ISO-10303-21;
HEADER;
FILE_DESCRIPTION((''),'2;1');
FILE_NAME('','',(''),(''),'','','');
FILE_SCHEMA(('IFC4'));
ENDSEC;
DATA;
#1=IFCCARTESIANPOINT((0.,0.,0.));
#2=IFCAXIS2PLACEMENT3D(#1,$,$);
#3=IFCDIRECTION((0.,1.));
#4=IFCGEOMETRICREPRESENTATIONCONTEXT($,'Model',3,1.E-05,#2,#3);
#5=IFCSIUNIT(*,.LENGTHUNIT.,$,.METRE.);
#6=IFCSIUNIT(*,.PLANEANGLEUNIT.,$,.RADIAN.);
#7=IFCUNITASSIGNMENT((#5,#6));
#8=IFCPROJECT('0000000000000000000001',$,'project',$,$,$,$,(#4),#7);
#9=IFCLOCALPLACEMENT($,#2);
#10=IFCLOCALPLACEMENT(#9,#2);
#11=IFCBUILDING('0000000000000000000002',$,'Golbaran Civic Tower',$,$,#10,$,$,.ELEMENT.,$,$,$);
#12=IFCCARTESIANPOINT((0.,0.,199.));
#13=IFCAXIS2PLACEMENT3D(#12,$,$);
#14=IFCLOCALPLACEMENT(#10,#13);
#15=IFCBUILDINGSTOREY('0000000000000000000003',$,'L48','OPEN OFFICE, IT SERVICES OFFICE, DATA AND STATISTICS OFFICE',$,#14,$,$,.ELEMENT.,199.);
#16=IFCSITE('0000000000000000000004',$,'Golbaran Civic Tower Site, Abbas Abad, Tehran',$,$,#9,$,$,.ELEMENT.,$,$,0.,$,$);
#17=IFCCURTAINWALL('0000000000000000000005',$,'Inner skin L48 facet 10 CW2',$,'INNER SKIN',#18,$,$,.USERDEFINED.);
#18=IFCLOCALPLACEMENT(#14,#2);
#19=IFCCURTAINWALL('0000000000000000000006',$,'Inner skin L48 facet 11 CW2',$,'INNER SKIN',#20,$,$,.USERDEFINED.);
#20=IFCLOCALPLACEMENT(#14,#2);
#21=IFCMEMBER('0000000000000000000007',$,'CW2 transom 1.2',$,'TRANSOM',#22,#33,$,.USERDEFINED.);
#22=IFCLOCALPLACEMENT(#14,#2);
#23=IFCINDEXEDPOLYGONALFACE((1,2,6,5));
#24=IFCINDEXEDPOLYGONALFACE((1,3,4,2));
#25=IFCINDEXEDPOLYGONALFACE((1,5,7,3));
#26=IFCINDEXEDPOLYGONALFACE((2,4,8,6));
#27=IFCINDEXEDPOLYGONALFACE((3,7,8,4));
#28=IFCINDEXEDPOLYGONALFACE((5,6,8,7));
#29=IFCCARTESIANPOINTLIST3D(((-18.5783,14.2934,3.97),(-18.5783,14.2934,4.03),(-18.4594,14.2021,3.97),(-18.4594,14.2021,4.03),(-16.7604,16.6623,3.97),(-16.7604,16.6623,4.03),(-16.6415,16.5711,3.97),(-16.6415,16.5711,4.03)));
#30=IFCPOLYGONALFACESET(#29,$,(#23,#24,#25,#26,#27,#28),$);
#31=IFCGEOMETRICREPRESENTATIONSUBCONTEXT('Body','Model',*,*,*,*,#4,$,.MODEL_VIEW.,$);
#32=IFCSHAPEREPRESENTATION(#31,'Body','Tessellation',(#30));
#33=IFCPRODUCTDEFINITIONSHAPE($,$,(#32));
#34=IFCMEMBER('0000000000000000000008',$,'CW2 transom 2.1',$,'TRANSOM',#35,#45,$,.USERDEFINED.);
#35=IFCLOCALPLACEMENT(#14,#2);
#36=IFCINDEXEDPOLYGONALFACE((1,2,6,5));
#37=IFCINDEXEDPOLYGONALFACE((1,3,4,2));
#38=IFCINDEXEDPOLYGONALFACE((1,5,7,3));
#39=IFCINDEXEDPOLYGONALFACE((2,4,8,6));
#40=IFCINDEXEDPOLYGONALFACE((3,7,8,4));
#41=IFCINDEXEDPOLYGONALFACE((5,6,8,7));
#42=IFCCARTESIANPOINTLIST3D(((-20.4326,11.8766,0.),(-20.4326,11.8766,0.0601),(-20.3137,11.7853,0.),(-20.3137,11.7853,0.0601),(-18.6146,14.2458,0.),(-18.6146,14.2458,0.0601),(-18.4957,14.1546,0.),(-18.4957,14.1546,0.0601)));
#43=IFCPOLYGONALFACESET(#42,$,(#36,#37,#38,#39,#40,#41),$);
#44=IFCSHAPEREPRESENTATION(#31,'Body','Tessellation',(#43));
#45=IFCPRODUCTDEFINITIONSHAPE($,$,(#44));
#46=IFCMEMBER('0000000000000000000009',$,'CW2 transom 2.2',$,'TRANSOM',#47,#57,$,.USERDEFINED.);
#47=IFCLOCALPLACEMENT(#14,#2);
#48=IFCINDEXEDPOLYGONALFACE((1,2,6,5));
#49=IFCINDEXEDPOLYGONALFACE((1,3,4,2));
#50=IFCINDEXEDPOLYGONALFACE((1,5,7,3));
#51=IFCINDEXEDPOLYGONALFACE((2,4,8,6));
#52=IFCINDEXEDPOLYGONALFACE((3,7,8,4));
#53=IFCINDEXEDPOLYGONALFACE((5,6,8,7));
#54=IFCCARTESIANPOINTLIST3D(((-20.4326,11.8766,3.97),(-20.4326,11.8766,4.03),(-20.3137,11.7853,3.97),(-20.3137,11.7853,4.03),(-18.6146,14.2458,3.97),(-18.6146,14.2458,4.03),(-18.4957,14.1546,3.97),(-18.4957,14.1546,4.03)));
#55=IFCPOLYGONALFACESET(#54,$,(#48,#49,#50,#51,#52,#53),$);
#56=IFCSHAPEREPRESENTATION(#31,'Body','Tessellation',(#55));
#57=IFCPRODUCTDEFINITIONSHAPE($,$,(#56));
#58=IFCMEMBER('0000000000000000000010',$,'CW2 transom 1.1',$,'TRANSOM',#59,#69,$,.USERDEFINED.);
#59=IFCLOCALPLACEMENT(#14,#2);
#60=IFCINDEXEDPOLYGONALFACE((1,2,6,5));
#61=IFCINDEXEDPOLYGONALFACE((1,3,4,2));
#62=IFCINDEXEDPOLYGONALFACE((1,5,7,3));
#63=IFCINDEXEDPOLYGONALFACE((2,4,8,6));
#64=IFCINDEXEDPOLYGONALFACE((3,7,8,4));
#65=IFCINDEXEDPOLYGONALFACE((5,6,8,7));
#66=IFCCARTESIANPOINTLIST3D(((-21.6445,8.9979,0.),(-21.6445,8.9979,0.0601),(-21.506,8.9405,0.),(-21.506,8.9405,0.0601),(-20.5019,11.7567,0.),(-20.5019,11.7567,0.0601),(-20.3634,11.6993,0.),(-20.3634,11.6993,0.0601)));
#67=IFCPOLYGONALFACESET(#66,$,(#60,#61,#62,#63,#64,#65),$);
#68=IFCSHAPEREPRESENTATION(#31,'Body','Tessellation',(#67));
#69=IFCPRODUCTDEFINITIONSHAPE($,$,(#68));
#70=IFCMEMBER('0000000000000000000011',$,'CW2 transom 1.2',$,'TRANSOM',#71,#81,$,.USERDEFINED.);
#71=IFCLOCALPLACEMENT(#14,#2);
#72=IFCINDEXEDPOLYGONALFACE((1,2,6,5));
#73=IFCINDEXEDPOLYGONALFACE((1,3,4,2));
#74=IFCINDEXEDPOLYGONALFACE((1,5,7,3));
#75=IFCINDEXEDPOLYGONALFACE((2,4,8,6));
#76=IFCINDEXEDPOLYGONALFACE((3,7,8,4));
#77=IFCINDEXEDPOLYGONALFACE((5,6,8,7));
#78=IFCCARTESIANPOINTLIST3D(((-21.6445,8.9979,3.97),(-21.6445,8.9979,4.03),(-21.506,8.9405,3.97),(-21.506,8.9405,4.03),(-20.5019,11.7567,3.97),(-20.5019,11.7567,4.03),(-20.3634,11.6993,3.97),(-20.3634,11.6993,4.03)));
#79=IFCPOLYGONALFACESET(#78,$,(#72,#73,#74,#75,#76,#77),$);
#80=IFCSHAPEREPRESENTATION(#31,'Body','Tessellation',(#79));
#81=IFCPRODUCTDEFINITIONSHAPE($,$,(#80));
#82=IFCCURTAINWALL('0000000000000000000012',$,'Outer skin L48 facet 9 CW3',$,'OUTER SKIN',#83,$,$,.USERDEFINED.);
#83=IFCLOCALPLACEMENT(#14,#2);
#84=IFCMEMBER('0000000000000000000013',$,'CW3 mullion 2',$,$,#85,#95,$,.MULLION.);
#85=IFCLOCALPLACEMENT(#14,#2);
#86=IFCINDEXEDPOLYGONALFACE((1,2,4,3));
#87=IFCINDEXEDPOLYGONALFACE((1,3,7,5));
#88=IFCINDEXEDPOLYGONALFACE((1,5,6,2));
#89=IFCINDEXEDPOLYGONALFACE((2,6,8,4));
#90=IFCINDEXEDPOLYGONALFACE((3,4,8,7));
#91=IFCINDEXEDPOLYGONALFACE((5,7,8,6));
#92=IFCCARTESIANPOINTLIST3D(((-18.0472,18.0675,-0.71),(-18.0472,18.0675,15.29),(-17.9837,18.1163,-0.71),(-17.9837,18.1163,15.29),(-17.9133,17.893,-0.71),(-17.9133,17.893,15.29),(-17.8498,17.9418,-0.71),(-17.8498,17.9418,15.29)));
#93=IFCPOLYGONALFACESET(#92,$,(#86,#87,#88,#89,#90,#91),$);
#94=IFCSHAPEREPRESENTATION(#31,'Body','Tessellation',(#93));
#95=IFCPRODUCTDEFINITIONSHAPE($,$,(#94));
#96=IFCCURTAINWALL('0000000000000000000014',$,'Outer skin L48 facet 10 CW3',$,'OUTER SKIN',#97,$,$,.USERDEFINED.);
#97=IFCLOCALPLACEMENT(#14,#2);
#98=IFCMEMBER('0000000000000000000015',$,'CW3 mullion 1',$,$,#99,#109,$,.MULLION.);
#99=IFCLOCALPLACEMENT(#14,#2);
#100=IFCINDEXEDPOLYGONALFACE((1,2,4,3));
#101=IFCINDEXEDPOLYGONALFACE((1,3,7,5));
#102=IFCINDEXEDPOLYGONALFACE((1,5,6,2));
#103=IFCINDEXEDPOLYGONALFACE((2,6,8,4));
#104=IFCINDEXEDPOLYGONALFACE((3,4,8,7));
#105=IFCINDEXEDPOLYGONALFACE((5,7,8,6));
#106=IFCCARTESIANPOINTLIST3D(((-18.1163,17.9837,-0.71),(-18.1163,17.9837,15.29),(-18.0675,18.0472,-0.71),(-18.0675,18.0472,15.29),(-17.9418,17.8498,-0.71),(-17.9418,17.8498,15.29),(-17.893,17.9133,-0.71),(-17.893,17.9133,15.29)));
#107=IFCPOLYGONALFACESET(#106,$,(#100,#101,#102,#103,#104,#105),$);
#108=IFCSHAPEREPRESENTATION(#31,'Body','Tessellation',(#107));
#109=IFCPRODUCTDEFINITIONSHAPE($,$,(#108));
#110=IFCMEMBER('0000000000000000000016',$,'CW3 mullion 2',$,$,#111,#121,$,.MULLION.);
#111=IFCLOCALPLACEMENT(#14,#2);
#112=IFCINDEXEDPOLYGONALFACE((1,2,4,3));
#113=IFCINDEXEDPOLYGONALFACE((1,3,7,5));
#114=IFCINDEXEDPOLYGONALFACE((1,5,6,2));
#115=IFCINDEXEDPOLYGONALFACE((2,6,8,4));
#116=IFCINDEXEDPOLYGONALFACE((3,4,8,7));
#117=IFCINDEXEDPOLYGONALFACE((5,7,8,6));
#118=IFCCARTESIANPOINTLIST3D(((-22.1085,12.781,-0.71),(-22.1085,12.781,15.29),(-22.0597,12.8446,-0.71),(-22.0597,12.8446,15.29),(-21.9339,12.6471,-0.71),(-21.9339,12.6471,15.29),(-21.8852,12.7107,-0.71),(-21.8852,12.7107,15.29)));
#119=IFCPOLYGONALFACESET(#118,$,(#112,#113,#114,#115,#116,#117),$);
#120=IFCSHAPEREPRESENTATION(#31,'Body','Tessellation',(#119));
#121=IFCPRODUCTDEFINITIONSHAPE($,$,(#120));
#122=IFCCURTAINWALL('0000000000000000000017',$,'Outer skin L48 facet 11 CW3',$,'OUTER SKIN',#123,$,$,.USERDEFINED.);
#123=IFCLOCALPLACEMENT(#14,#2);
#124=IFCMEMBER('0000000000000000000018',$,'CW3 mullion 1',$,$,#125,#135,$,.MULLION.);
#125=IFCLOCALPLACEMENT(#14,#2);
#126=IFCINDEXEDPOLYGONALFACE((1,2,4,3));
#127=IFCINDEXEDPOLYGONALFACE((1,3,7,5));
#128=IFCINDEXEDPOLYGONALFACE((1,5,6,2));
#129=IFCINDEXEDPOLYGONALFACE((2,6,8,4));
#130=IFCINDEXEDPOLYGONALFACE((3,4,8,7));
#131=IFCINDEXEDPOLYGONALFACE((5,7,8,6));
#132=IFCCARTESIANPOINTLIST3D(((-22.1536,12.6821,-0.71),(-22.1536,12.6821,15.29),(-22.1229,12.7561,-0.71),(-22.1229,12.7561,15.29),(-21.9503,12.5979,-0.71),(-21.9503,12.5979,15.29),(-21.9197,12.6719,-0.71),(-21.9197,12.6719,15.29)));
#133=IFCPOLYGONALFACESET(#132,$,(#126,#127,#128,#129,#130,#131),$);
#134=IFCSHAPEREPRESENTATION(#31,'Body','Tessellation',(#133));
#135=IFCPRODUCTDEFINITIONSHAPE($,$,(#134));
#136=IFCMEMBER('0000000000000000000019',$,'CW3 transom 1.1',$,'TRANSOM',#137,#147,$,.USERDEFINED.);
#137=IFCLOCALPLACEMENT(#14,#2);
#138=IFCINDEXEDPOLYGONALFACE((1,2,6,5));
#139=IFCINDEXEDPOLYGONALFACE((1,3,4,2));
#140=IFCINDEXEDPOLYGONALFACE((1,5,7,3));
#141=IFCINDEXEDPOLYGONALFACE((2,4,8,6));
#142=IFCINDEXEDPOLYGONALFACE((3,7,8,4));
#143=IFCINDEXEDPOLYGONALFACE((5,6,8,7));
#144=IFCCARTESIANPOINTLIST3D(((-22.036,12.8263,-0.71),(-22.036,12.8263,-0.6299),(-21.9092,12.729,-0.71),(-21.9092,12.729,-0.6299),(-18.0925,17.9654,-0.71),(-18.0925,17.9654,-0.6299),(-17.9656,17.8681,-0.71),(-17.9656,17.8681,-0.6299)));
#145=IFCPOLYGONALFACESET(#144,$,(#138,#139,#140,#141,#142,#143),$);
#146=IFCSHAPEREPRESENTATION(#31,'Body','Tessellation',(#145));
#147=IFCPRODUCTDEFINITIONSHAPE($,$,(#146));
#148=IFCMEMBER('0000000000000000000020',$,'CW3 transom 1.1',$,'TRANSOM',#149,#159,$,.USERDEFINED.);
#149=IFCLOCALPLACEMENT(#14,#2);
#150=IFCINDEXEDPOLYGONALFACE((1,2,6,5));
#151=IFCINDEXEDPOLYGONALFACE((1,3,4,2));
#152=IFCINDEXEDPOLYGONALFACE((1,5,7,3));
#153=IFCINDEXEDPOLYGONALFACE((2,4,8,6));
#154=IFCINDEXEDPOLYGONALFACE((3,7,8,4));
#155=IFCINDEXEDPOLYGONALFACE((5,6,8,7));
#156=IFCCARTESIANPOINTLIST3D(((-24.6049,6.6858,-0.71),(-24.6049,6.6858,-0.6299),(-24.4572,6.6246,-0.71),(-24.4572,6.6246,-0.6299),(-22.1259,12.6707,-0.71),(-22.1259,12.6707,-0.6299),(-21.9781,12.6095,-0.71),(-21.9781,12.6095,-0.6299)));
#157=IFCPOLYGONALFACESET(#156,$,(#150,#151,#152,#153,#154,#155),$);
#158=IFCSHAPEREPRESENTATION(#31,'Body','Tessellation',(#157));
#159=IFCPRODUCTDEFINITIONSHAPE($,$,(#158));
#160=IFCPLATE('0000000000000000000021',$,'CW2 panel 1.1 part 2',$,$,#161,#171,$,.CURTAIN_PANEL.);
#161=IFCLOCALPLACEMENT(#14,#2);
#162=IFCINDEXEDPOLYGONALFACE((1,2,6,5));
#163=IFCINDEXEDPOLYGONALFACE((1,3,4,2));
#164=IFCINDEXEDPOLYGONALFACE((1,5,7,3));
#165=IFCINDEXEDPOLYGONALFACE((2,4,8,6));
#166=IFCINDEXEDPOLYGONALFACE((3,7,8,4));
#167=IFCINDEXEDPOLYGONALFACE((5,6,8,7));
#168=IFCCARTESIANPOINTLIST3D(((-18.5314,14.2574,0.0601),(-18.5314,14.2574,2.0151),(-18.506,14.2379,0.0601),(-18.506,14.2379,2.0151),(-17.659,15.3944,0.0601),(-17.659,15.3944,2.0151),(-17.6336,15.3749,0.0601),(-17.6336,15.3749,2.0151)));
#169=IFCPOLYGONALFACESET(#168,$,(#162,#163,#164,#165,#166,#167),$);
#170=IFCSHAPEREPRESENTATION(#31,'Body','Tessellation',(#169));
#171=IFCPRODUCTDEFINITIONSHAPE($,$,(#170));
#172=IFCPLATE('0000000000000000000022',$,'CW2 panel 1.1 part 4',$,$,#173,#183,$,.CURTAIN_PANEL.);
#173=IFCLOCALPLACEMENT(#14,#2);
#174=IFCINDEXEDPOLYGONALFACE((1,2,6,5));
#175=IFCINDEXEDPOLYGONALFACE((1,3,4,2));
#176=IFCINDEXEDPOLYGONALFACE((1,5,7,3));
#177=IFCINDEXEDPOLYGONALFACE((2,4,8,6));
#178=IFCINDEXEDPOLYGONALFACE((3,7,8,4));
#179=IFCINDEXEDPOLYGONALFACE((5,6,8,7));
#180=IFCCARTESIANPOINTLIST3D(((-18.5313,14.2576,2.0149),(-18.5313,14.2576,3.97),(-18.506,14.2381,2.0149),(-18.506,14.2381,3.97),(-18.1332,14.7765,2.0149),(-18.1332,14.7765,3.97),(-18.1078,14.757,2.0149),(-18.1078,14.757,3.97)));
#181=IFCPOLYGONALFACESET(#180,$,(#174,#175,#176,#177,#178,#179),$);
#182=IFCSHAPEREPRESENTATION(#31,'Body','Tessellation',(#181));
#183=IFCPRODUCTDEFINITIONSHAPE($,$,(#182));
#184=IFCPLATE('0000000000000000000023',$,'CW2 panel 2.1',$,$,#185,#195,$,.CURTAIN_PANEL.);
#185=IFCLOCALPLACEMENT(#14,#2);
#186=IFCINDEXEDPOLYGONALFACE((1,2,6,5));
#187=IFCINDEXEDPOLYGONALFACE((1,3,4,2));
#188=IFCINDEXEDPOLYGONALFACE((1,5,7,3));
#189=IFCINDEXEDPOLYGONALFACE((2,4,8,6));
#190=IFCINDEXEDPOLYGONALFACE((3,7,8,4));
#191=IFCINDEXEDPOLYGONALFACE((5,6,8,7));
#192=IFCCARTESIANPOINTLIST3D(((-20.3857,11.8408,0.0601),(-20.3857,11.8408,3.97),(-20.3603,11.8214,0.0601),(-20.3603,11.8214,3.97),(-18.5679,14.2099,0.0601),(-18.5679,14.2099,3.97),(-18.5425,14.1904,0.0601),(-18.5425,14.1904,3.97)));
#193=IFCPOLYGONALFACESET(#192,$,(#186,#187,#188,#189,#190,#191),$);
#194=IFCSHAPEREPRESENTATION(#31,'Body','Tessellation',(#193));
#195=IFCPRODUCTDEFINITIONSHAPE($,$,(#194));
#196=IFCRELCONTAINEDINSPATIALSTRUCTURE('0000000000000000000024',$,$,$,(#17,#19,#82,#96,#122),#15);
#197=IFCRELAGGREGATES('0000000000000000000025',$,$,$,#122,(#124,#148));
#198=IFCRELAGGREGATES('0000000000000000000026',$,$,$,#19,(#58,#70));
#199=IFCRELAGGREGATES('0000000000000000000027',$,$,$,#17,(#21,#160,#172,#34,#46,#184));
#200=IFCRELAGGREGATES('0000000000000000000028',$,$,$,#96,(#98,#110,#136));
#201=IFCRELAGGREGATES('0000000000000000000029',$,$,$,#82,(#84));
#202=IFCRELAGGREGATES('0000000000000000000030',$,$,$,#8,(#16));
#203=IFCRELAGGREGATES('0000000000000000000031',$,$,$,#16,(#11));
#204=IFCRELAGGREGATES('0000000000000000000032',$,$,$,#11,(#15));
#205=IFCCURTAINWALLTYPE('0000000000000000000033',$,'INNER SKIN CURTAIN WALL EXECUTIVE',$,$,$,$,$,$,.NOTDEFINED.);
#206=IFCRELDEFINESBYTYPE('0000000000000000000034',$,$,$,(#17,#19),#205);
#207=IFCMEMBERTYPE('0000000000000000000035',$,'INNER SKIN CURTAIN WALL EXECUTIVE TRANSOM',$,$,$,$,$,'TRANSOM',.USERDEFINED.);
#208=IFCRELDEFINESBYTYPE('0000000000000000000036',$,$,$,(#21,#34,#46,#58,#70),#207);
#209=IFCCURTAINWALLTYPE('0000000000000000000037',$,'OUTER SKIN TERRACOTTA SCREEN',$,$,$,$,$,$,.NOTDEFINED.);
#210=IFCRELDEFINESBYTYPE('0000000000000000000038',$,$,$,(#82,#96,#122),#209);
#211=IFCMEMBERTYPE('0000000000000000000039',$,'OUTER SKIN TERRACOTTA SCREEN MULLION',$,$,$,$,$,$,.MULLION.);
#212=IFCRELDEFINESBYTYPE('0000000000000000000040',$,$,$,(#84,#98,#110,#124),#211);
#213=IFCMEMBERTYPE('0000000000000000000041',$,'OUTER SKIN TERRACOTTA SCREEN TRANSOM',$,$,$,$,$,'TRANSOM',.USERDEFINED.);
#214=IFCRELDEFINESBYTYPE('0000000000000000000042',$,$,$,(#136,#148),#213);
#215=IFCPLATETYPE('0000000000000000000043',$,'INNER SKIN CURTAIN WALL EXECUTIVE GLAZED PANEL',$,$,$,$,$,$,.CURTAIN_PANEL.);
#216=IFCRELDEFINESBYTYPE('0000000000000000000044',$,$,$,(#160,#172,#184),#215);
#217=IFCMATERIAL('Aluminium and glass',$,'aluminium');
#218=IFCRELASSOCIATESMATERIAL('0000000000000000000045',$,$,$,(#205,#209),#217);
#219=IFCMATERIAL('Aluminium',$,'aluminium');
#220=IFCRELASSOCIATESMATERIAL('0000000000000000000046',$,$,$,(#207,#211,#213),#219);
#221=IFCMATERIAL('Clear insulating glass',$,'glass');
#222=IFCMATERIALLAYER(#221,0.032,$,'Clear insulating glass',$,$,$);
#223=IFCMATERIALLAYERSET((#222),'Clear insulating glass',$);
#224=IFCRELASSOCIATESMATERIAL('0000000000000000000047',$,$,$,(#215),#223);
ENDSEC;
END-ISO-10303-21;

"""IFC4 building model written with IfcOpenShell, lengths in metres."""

from ifc_helpers import new_model, si_unit, direction, frame, origin, origin_2d, place, context, subcontext, project, spatial, rectangle, extrude, material, layer, layer_set, material_profile, profile_set, type_object, element, aggregate, save


model = new_model("IFC4")

# Units and contexts
model_context = context("Model", 3, precision=1e-05, world=origin(), true_north=direction((0.0, 1.0)))
body_context = subcontext(model_context, "Body", "Model", "MODEL_VIEW")
ifc_project = project(units=[si_unit("LENGTHUNIT", "METRE"), si_unit("PLANEANGLEUNIT", "RADIAN")], contexts=[model_context])

# Site, building, storey
site_placement = place(None, origin())
site = spatial("IfcSite", under=ifc_project, at=site_placement, Name="Golbaran Civic Tower Site, Abbas Abad, Tehran", CompositionType="ELEMENT", RefElevation=0.0)
building_placement = place(site_placement, origin())
building = spatial("IfcBuilding", under=site, at=building_placement, Name="Golbaran Civic Tower", CompositionType="ELEMENT")
storey_placement = place(building_placement, frame((0.0, 0.0, 199.0)))
storey = spatial("IfcBuildingStorey", under=building, at=storey_placement, Name="L48", Description="OPEN OFFICE, IT SERVICES OFFICE, DATA AND STATISTICS OFFICE", CompositionType="ELEMENT", Elevation=199.0)

# Shared definitions
ifc_material_1 = material(Name="Aluminium and glass", Category="aluminium")
curtain_wall_type_1 = type_object("IfcCurtainWallType", Name="INNER SKIN CURTAIN WALL EXECUTIVE", PredefinedType="NOTDEFINED", material=ifc_material_1)
ifc_material_2 = material(Name="Aluminium", Category="aluminium")

# Curtain wall
curtain_wall_1_placement = place(storey_placement, origin())
curtain_wall_1 = element("IfcCurtainWall", 1, at=curtain_wall_1_placement, inside=storey, type_object=curtain_wall_type_1, Name="Inner skin L48 facet 10 CW2", ObjectType="INNER SKIN", PredefinedType="USERDEFINED")

# Curtain wall
curtain_wall_2_placement = place(storey_placement, origin())
curtain_wall_2 = element("IfcCurtainWall", 2, at=curtain_wall_2_placement, inside=storey, type_object=curtain_wall_type_1, Name="Inner skin L48 facet 11 CW2", ObjectType="INNER SKIN", PredefinedType="USERDEFINED")

# Members
ifc_material_profile_1 = material_profile(ifc_material_2, rectangle(XDim=0.1499, YDim=0.0601, at=origin_2d()), Name="INNER SKIN CURTAIN WALL EXECUTIVE TRANSOM")
ifc_profile_set_1 = profile_set([ifc_material_profile_1], Name="Aluminium")
member_type_1 = type_object("IfcMemberType", Name="INNER SKIN CURTAIN WALL EXECUTIVE TRANSOM", ElementType="TRANSOM", PredefinedType="USERDEFINED", material=ifc_profile_set_1)
member_1_placement = place(storey_placement, frame((-16.7009, 16.6167, 4.0), z_axis=(-0.608794, -0.793329, 0.0), x_axis=(0.793329, -0.608794, 0.0)))
member_1 = element("IfcMember", 3, at=member_1_placement, type_object=member_type_1, Name="CW2 transom 1.2", ObjectType="TRANSOM", PredefinedType="USERDEFINED", context=body_context, shape_type="SweptSolid", body=[
    extrude(rectangle(XDim=0.1499, YDim=0.0601, at=origin_2d()), origin(), (0.0, 0.0, 1.0), 2.9861),
])
member_2_placement = place(storey_placement, frame((-18.5552, 14.2002, 0.03), z_axis=(-0.608754, -0.793359, 0.0), x_axis=(0.793359, -0.608754, 0.0)))
member_2 = element("IfcMember", 4, at=member_2_placement, type_object=member_type_1, Name="CW2 transom 2.1", ObjectType="TRANSOM", PredefinedType="USERDEFINED", context=body_context, shape_type="SweptSolid", body=[
    extrude(rectangle(XDim=0.1499, YDim=0.0601, at=origin_2d()), origin(), (0.0, 0.0, 1.0), 2.9863),
])
member_3_placement = place(storey_placement, frame((-18.5552, 14.2002, 4.0), z_axis=(-0.608754, -0.793359, 0.0), x_axis=(0.793359, -0.608754, 0.0)))
member_3 = element("IfcMember", 5, at=member_3_placement, type_object=member_type_1, Name="CW2 transom 2.2", ObjectType="TRANSOM", PredefinedType="USERDEFINED", context=body_context, shape_type="SweptSolid", body=[
    extrude(rectangle(XDim=0.1499, YDim=0.0601, at=origin_2d()), origin(), (0.0, 0.0, 1.0), 2.9863),
])
member_4_placement = place(storey_placement, frame((-20.4326, 11.728, 0.03), z_axis=(-0.382641, -0.923897, 0.0), x_axis=(0.923897, -0.382641, 0.0)))
member_4 = element("IfcMember", 6, at=member_4_placement, type_object=member_type_1, Name="CW2 transom 1.1", ObjectType="TRANSOM", PredefinedType="USERDEFINED", context=body_context, shape_type="SweptSolid", body=[
    extrude(rectangle(XDim=0.1499, YDim=0.0601, at=origin_2d()), origin(), (0.0, 0.0, 1.0), 2.9861),
])
member_5_placement = place(storey_placement, frame((-20.4326, 11.728, 4.0), z_axis=(-0.382641, -0.923897, 0.0), x_axis=(0.923897, -0.382641, 0.0)))
member_5 = element("IfcMember", 7, at=member_5_placement, type_object=member_type_1, Name="CW2 transom 1.2", ObjectType="TRANSOM", PredefinedType="USERDEFINED", context=body_context, shape_type="SweptSolid", body=[
    extrude(rectangle(XDim=0.1499, YDim=0.0601, at=origin_2d()), origin(), (0.0, 0.0, 1.0), 2.9861),
])

# Curtain wall, member
curtain_wall_type_2 = type_object("IfcCurtainWallType", Name="OUTER SKIN TERRACOTTA SCREEN", PredefinedType="NOTDEFINED", material=ifc_material_1)
curtain_wall_3_placement = place(storey_placement, origin())
curtain_wall_3 = element("IfcCurtainWall", 8, at=curtain_wall_3_placement, inside=storey, type_object=curtain_wall_type_2, Name="Outer skin L48 facet 9 CW3", ObjectType="OUTER SKIN", PredefinedType="USERDEFINED")
ifc_material_profile_2 = material_profile(ifc_material_2, rectangle(XDim=0.22, YDim=0.0801, at=origin_2d()), Name="OUTER SKIN TERRACOTTA SCREEN MULLION")
ifc_profile_set_2 = profile_set([ifc_material_profile_2], Name="Aluminium")
member_type_2 = type_object("IfcMemberType", Name="OUTER SKIN TERRACOTTA SCREEN MULLION", PredefinedType="MULLION", material=ifc_profile_set_2)
member_6_placement = place(storey_placement, frame((-17.9485, 18.0046, -0.71), z_axis=(0.0, 0.0, 1.0), x_axis=(0.608761, -0.793353, 0.0)))
member_6 = element("IfcMember", 9, at=member_6_placement, type_object=member_type_2, Name="CW3 mullion 2", PredefinedType="MULLION", context=body_context, shape_type="SweptSolid", body=[
    extrude(rectangle(XDim=0.22, YDim=0.0801, at=origin_2d()), origin(), (0.0, 0.0, 1.0), 16.0),
])

# Curtain wall, members
curtain_wall_4_placement = place(storey_placement, origin())
curtain_wall_4 = element("IfcCurtainWall", 10, at=curtain_wall_4_placement, inside=storey, type_object=curtain_wall_type_2, Name="Outer skin L48 facet 10 CW3", ObjectType="OUTER SKIN", PredefinedType="USERDEFINED")
member_7_placement = place(storey_placement, frame((-18.0046, 17.9485, -0.71), z_axis=(0.0, 0.0, 1.0), x_axis=(0.793353, -0.608761, 0.0)))
member_7 = element("IfcMember", 11, at=member_7_placement, type_object=member_type_2, Name="CW3 mullion 1", PredefinedType="MULLION", context=body_context, shape_type="SweptSolid", body=[
    extrude(rectangle(XDim=0.22, YDim=0.0801, at=origin_2d()), origin(), (0.0, 0.0, 1.0), 16.0),
])
member_8_placement = place(storey_placement, frame((-21.9968, 12.7458, -0.71), z_axis=(0.0, 0.0, 1.0), x_axis=(0.793353, -0.608761, 0.0)))
member_8 = element("IfcMember", 12, at=member_8_placement, type_object=member_type_2, Name="CW3 mullion 2", PredefinedType="MULLION", context=body_context, shape_type="SweptSolid", body=[
    extrude(rectangle(XDim=0.22, YDim=0.0801, at=origin_2d()), origin(), (0.0, 0.0, 1.0), 16.0),
])

# Curtain wall, member
curtain_wall_5_placement = place(storey_placement, origin())
curtain_wall_5 = element("IfcCurtainWall", 13, at=curtain_wall_5_placement, inside=storey, type_object=curtain_wall_type_2, Name="Outer skin L48 facet 11 CW3", ObjectType="OUTER SKIN", PredefinedType="USERDEFINED")
member_9_placement = place(storey_placement, frame((-22.0366, 12.677, -0.71), z_axis=(0.0, 0.0, 1.0), x_axis=(0.92388, -0.382683, 0.0)))
member_9 = element("IfcMember", 14, at=member_9_placement, type_object=member_type_2, Name="CW3 mullion 1", PredefinedType="MULLION", context=body_context, shape_type="SweptSolid", body=[
    extrude(rectangle(XDim=0.22, YDim=0.0801, at=origin_2d()), origin(), (0.0, 0.0, 1.0), 16.0),
])

# Members
ifc_material_profile_3 = material_profile(ifc_material_2, rectangle(XDim=0.1599, YDim=0.0801, at=origin_2d()), Name="OUTER SKIN TERRACOTTA SCREEN TRANSOM")
ifc_profile_set_3 = profile_set([ifc_material_profile_3], Name="Aluminium")
member_type_3 = type_object("IfcMemberType", Name="OUTER SKIN TERRACOTTA SCREEN TRANSOM", ElementType="TRANSOM", PredefinedType="USERDEFINED", material=ifc_profile_set_3)
member_10_placement = place(storey_placement, frame((-18.0291, 17.9167, -0.6699), z_axis=(-0.60878, -0.793339, 0.0), x_axis=(0.793339, -0.60878, 0.0)))
member_10 = element("IfcMember", 15, at=member_10_placement, type_object=member_type_3, Name="CW3 transom 1.1", ObjectType="TRANSOM", PredefinedType="USERDEFINED", context=body_context, shape_type="SweptSolid", body=[
    extrude(rectangle(XDim=0.1599, YDim=0.0801, at=origin_2d()), origin(), (0.0, 0.0, 1.0), 6.4778),
])
member_11_placement = place(storey_placement, frame((-22.052, 12.6401, -0.6699), z_axis=(-0.382682, -0.92388, 0.0), x_axis=(0.92388, -0.382682, 0.0)))
member_11 = element("IfcMember", 16, at=member_11_placement, type_object=member_type_3, Name="CW3 transom 1.1", ObjectType="TRANSOM", PredefinedType="USERDEFINED", context=body_context, shape_type="SweptSolid", body=[
    extrude(rectangle(XDim=0.1599, YDim=0.0801, at=origin_2d()), origin(), (0.0, 0.0, 1.0), 6.478),
])
aggregate(curtain_wall_5, [member_9, member_11])

# Plates
ifc_material_3 = material(Name="Clear insulating glass", Category="glass")
ifc_layer_1 = layer(ifc_material_3, 0.032, Name="Clear insulating glass")
ifc_layer_set_1 = layer_set([ifc_layer_1], Name="Clear insulating glass")
plate_type_1 = type_object("IfcPlateType", Name="INNER SKIN CURTAIN WALL EXECUTIVE GLAZED PANEL", PredefinedType="CURTAIN_PANEL", material=ifc_layer_set_1)
plate_1_placement = place(storey_placement, frame((-18.0825, 14.8162, 0.0601), z_axis=(0.0, 0.0, 1.0), x_axis=(-0.608761, -0.793353, 0.0)))
plate_1 = element("IfcPlate", 17, at=plate_1_placement, type_object=plate_type_1, Name="CW2 panel 1.1 part 2", PredefinedType="CURTAIN_PANEL", context=body_context, shape_type="SweptSolid", body=[
    extrude(rectangle(XDim=1.4331, YDim=0.032, at=origin_2d()), origin(), (0.0, 0.0, 1.0), 1.9551),
])
plate_2_placement = place(storey_placement, frame((-18.3196, 14.5073, 2.0149), z_axis=(0.0, 0.0, 1.0), x_axis=(-0.608761, -0.793353, 0.0)))
plate_2 = element("IfcPlate", 18, at=plate_2_placement, type_object=plate_type_1, Name="CW2 panel 1.1 part 4", PredefinedType="CURTAIN_PANEL", context=body_context, shape_type="SweptSolid", body=[
    extrude(rectangle(XDim=0.6541, YDim=0.032, at=origin_2d()), origin(), (0.0, 0.0, 1.0), 1.9551),
])
plate_3_placement = place(storey_placement, frame((-19.4641, 13.0156, 0.0601), z_axis=(0.0, 0.0, 1.0), x_axis=(-0.608761, -0.793353, 0.0)))
plate_3 = element("IfcPlate", 19, at=plate_3_placement, type_object=plate_type_1, Name="CW2 panel 2.1", PredefinedType="CURTAIN_PANEL", context=body_context, shape_type="SweptSolid", body=[
    extrude(rectangle(XDim=2.9861, YDim=0.032, at=origin_2d()), origin(), (0.0, 0.0, 1.0), 3.9099),
])
aggregate(curtain_wall_2, [member_4, member_5])
aggregate(curtain_wall_1, [member_1, plate_1, plate_2, member_2, member_3, plate_3])
aggregate(curtain_wall_4, [member_7, member_8, member_10])
aggregate(curtain_wall_3, [member_6])

save(model, "model.ifc")
